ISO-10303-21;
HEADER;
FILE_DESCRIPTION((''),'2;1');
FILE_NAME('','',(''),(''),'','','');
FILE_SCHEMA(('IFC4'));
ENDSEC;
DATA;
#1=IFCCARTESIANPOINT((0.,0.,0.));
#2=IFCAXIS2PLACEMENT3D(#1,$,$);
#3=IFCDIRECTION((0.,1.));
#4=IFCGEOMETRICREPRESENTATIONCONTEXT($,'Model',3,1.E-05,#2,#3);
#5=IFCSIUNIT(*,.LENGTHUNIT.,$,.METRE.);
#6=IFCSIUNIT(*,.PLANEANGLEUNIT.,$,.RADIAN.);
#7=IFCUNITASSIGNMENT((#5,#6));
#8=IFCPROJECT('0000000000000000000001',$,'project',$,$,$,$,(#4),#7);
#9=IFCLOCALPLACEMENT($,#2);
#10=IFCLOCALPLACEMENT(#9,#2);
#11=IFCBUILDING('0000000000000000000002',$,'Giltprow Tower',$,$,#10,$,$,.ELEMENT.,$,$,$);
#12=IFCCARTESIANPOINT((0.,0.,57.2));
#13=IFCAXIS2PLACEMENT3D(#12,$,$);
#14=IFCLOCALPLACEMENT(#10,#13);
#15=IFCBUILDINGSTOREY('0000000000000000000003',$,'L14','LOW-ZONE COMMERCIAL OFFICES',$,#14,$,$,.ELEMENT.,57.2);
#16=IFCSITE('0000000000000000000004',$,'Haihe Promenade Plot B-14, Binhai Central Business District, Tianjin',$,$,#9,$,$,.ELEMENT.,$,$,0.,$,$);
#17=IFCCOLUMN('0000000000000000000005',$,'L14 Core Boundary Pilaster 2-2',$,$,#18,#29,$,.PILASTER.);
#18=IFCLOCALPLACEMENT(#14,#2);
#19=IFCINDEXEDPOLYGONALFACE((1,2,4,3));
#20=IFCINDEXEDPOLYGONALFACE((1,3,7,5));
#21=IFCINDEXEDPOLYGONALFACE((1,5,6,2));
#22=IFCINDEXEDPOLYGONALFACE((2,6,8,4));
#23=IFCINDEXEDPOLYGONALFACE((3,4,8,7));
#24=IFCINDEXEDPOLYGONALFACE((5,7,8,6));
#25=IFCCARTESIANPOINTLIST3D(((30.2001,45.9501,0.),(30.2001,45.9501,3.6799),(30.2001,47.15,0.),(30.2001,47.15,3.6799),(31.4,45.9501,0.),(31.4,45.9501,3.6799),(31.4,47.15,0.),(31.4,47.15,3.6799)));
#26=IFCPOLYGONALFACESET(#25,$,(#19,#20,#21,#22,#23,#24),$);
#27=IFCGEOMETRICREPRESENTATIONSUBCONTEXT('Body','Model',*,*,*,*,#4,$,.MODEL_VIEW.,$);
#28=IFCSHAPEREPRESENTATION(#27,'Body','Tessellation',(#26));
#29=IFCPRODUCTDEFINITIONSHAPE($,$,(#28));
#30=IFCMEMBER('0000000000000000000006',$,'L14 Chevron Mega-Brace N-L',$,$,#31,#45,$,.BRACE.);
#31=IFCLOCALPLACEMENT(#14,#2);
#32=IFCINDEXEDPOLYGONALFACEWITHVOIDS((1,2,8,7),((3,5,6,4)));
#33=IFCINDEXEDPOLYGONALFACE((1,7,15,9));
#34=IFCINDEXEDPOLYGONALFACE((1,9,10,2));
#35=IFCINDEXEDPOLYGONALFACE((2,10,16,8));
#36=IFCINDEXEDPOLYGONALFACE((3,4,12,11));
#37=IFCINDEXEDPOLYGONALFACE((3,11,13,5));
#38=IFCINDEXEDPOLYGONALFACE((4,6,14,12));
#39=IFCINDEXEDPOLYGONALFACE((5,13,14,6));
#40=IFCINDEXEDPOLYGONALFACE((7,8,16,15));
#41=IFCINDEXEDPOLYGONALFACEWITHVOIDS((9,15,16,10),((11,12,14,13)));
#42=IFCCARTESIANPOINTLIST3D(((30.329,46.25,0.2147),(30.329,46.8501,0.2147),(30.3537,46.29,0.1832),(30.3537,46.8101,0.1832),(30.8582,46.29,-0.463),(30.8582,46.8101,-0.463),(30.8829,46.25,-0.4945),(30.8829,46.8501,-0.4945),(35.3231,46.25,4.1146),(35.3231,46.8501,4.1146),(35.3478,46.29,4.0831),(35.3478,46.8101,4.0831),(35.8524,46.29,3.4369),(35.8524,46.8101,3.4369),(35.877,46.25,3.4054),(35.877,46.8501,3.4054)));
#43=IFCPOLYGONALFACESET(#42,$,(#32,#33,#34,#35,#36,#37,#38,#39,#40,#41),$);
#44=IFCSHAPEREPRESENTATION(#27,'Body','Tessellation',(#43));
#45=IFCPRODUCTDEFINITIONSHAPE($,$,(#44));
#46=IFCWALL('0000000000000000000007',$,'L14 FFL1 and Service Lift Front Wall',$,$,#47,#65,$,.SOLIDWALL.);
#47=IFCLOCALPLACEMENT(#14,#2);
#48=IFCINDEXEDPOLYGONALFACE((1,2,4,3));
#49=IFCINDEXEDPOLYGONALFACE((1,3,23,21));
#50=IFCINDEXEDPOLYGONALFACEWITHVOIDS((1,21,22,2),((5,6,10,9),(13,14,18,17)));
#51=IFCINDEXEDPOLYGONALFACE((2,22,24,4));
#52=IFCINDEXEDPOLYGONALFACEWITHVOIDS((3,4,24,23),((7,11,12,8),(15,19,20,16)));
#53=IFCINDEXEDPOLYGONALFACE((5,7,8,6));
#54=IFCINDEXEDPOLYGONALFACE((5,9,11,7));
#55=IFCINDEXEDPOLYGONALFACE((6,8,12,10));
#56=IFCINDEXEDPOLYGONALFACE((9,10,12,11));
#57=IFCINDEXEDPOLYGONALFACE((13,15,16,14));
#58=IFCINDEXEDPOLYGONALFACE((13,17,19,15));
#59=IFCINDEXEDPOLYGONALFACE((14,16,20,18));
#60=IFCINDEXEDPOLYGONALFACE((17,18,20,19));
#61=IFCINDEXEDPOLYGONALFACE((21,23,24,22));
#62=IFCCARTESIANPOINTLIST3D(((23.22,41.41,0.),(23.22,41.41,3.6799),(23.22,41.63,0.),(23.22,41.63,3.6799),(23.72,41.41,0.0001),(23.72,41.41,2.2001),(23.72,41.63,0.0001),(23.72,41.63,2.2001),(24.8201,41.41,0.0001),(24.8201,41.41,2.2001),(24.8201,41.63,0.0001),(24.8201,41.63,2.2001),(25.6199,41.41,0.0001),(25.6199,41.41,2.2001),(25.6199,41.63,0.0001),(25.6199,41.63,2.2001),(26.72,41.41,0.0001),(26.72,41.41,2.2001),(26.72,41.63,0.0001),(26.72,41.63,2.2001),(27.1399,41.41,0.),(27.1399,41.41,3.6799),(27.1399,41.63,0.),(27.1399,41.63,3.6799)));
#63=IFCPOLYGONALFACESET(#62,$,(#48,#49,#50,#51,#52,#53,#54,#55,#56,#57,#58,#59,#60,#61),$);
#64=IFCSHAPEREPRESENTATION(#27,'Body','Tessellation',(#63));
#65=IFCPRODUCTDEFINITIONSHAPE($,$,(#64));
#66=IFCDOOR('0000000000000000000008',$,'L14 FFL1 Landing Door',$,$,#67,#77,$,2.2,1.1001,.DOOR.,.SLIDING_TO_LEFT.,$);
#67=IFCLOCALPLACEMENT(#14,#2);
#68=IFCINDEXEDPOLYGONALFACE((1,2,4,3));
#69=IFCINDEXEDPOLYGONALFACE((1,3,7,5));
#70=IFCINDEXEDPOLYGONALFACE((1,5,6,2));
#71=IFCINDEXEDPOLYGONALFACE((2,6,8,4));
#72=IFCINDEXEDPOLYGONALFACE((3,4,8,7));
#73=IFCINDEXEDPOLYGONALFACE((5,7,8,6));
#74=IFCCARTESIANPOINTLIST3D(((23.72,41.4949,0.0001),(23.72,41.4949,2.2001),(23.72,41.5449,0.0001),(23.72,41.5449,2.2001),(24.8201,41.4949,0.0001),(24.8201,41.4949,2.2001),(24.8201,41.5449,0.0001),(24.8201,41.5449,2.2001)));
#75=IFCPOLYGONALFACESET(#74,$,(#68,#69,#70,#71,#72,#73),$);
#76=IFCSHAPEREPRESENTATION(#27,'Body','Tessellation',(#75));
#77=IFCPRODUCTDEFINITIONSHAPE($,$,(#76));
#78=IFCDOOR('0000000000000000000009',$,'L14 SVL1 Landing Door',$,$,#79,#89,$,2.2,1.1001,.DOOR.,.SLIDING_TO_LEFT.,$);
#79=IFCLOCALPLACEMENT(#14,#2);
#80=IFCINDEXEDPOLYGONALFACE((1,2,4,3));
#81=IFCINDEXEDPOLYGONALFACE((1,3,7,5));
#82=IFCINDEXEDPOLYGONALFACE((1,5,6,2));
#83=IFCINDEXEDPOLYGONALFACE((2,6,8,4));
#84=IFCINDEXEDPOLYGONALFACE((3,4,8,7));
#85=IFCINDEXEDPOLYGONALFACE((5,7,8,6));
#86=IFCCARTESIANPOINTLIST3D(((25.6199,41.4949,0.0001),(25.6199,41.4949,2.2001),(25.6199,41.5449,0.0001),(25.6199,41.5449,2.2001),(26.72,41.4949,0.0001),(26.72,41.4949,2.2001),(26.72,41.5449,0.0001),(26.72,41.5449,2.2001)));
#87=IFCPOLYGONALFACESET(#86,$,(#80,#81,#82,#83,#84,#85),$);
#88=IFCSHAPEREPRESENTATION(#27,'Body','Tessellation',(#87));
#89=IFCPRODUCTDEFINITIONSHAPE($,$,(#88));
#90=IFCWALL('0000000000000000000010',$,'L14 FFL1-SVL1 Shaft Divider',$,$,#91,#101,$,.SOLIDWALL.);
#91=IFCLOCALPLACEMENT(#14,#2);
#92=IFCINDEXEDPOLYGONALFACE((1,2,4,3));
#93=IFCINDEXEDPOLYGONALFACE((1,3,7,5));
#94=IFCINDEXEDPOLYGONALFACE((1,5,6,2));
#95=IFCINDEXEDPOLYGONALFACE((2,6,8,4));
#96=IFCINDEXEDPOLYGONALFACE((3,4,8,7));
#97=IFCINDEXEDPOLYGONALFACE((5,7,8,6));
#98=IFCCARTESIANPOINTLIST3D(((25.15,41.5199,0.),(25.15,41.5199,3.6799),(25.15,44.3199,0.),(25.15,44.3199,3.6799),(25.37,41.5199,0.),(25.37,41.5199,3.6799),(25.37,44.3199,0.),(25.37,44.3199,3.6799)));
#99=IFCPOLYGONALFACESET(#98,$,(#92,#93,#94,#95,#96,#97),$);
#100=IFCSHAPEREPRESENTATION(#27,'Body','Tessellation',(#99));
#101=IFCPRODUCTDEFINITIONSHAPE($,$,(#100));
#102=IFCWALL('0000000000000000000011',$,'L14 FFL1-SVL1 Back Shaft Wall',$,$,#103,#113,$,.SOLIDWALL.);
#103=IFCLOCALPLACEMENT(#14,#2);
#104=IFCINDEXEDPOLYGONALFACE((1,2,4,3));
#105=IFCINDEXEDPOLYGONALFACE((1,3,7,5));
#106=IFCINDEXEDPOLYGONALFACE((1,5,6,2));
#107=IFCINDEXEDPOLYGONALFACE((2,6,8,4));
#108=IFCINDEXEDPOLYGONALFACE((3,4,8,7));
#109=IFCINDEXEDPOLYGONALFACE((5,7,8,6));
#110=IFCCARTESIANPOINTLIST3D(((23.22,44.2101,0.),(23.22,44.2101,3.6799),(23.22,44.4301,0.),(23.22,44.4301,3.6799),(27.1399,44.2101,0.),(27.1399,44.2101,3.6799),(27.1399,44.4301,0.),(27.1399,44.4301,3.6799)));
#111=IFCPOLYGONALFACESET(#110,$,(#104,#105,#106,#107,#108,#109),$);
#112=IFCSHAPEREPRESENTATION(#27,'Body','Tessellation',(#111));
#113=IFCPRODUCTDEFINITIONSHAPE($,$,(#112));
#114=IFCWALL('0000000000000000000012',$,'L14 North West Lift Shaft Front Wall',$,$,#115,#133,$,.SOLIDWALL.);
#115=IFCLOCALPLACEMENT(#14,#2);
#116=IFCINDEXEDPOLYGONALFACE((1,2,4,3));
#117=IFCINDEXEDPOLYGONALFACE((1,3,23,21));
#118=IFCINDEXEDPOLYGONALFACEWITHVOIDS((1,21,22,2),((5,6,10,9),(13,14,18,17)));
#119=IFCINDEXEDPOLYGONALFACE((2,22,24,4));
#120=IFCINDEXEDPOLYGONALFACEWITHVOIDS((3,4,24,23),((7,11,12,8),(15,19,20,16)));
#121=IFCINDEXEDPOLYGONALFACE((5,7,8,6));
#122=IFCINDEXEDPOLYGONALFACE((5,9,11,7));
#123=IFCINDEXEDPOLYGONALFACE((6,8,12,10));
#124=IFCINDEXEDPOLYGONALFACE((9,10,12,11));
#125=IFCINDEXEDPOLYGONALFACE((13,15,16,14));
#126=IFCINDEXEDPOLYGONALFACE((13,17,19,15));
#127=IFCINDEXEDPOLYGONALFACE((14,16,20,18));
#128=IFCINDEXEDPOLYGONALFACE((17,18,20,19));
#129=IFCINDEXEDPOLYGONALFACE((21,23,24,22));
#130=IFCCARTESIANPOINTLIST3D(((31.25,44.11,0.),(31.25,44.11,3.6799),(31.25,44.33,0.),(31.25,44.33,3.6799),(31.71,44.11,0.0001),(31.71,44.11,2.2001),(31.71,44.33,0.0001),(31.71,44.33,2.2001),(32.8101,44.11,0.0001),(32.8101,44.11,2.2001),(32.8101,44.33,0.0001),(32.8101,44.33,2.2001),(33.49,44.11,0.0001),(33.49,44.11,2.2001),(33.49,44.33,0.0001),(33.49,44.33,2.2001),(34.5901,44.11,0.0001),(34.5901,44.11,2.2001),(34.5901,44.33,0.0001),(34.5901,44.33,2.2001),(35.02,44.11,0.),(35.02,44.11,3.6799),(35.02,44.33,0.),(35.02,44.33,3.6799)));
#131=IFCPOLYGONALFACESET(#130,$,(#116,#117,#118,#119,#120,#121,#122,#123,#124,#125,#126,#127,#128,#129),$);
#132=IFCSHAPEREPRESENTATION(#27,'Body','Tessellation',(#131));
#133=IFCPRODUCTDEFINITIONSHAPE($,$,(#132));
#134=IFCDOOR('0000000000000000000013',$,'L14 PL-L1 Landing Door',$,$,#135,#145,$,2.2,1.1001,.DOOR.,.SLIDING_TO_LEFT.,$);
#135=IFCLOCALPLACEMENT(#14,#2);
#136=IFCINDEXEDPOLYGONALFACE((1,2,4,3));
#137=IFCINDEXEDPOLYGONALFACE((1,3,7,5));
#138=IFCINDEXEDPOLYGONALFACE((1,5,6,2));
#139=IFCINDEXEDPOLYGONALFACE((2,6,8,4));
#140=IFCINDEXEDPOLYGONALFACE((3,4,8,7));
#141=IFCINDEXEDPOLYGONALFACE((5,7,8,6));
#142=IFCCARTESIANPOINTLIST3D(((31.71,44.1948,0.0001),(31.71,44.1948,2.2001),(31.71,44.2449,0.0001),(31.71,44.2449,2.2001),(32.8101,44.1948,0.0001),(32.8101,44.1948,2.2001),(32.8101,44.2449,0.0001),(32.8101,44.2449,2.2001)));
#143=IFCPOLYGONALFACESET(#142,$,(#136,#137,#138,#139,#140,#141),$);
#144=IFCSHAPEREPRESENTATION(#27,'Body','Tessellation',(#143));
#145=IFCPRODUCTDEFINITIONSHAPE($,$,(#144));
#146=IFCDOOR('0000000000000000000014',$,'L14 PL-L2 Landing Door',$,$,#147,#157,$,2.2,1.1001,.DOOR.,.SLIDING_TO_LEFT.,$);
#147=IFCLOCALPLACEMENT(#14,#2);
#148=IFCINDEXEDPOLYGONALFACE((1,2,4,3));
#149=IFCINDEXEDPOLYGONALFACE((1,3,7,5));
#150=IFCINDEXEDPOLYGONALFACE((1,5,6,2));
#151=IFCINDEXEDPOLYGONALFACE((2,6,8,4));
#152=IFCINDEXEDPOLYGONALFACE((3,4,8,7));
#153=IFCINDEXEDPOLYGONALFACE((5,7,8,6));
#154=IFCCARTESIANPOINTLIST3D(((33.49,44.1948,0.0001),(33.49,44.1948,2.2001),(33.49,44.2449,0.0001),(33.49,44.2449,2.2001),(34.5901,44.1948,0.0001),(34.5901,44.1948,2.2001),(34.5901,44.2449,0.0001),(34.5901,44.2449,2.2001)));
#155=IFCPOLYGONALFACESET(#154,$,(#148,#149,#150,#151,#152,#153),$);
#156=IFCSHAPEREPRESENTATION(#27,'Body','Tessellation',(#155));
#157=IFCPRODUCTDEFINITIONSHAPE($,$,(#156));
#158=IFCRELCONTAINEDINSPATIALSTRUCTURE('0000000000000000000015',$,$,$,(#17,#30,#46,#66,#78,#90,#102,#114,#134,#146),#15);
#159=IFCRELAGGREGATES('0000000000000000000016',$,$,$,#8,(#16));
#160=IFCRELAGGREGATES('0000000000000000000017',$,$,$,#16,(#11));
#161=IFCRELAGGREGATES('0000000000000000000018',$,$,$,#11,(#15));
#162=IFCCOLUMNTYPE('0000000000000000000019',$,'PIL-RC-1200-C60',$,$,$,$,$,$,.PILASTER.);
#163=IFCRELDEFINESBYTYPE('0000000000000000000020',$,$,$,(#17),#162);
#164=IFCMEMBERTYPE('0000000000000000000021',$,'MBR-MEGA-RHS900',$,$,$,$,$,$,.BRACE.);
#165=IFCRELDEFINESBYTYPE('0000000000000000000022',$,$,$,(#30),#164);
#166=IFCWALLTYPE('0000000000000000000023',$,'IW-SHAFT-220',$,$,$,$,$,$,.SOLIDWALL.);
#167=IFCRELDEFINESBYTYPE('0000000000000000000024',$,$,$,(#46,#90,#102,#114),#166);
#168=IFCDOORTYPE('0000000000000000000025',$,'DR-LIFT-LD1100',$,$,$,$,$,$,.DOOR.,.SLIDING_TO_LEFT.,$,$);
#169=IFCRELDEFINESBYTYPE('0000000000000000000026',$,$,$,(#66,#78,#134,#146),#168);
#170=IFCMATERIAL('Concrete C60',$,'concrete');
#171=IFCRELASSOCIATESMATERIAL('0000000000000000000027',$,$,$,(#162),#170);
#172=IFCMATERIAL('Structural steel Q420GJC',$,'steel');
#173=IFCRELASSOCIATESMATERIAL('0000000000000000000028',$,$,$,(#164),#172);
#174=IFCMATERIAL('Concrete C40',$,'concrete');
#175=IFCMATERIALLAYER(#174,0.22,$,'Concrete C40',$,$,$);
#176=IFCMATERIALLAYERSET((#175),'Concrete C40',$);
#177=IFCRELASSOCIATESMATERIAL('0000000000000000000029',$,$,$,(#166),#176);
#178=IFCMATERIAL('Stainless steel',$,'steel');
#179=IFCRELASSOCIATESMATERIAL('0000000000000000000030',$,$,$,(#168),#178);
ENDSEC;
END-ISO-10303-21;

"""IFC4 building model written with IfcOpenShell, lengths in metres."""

from ifc_helpers import new_model, si_unit, direction, frame, frame_2d, origin, origin_2d, place, context, subcontext, project, spatial, rectangle, hollow_rectangle, extrude, source, transform, mapped, material, layer, layer_set, material_profile, profile_set, type_object, element, fill, save


model = new_model("IFC4")

# Units and contexts
model_context = context("Model", 3, precision=1e-05, world=origin(), true_north=direction((0.0, 1.0)))
body_context = subcontext(model_context, "Body", "Model", "MODEL_VIEW")
ifc_project = project(units=[si_unit("LENGTHUNIT", "METRE"), si_unit("PLANEANGLEUNIT", "RADIAN")], contexts=[model_context])

# Site, building, storey
site_placement = place(None, origin())
site = spatial("IfcSite", under=ifc_project, at=site_placement, Name="Haihe Promenade Plot B-14, Binhai Central Business District, Tianjin", CompositionType="ELEMENT", RefElevation=0.0)
building_placement = place(site_placement, origin())
building = spatial("IfcBuilding", under=site, at=building_placement, Name="Giltprow Tower", CompositionType="ELEMENT")
storey_placement = place(building_placement, frame((0.0, 0.0, 57.2)))
storey = spatial("IfcBuildingStorey", under=building, at=storey_placement, Name="L14", Description="LOW-ZONE COMMERCIAL OFFICES", CompositionType="ELEMENT", Elevation=57.2)

# Column
ifc_material_1 = material(Name="Concrete C60", Category="concrete")
ifc_material_profile_1 = material_profile(ifc_material_1, rectangle(XDim=1.2, YDim=1.2, at=origin_2d()), Name="RC 1200x1200")
ifc_profile_set_1 = profile_set([ifc_material_profile_1], Name="Concrete C60")
column_type = type_object("IfcColumnType", Name="PIL-RC-1200-C60", PredefinedType="PILASTER", material=ifc_profile_set_1)
shared_shape_1 = source(origin(), body_context, "Body", "SweptSolid", [
    extrude(rectangle(XDim=1.2, YDim=1.2, at=origin_2d()), origin(), (0.0, 0.0, 1.0), 3.6799),
])
column_placement = place(storey_placement, frame((30.8, 46.55, 0.0), z_axis=(0.0, 0.0, 1.0), x_axis=(1.0, 0.0, 0.0)))
element("IfcColumn", 1, at=column_placement, inside=storey, type_object=column_type, Name="L14 Core Boundary Pilaster 2-2", PredefinedType="PILASTER", context=body_context, shape_type="MappedRepresentation", body=[
    mapped(shared_shape_1, transform((0.0, 0.0, 0.0), x_axis=(1.0, 0.0, 0.0), y_axis=(0.0, 1.0, 0.0), z_axis=(0.0, 0.0, 1.0), scale=1.0)),
])

# Member
ifc_material_2 = material(Name="Structural steel Q420GJC", Category="steel")
ifc_material_profile_2 = material_profile(ifc_material_2, hollow_rectangle(XDim=0.6001, YDim=0.8999, WallThickness=0.04, at=origin_2d()), Name="RHS 900x600x40")
ifc_profile_set_2 = profile_set([ifc_material_profile_2], Name="Structural steel Q420GJC")
member_type = type_object("IfcMemberType", Name="MBR-MEGA-RHS900", PredefinedType="BRACE", material=ifc_profile_set_2)
shared_shape_2 = source(origin(), body_context, "Body", "SweptSolid", [
    extrude(hollow_rectangle(XDim=0.6001, YDim=0.8999, WallThickness=0.04, at=origin_2d()), origin(), (0.0, 0.0, 1.0), 6.3364),
])
member_placement = place(storey_placement, frame((30.606, 46.55, -0.1399), z_axis=(0.78816, 0.0, 0.615471), x_axis=(0.0, 1.0, 0.0)))
element("IfcMember", 2, at=member_placement, inside=storey, type_object=member_type, Name="L14 Chevron Mega-Brace N-L", PredefinedType="BRACE", context=body_context, shape_type="MappedRepresentation", body=[
    mapped(shared_shape_2, transform((0.0, 0.0, 0.0), x_axis=(1.0, 0.0, 0.0), y_axis=(0.0, 1.0, 0.0), z_axis=(0.0, 0.0, 1.0), scale=1.0)),
])

# Wall, openings, doors
ifc_material_3 = material(Name="Concrete C40", Category="concrete")
ifc_layer_1 = layer(ifc_material_3, 0.22, Name="Concrete C40")
ifc_layer_set_1 = layer_set([ifc_layer_1], Name="Concrete C40")
wall_type_1 = type_object("IfcWallType", Name="IW-SHAFT-220", PredefinedType="SOLIDWALL", material=ifc_layer_set_1)
wall_1_placement = place(storey_placement, frame((23.22, 41.52, 0.0), z_axis=(0.0, 0.0, 1.0), x_axis=(1.0, 0.0, 0.0)))
wall_1 = element("IfcWall", 3, at=wall_1_placement, inside=storey, type_object=wall_type_1, Name="L14 FFL1 and Service Lift Front Wall", PredefinedType="SOLIDWALL", context=body_context, shape_type="SweptSolid", body=[
    extrude(rectangle(XDim=3.9199, YDim=0.22, at=frame_2d((1.96, 0.0))), origin(), (0.0, 0.0, 1.0), 3.6799),
])
opening_1_placement = place(wall_1_placement, frame((0.5, 0.0, 0.0)))
opening_1 = element("IfcOpeningElement", 4, at=opening_1_placement, cuts=wall_1, PredefinedType="OPENING", context=body_context, shape_type="SweptSolid", body=[
    extrude(rectangle(XDim=1.1001, YDim=2.2, at=frame_2d((0.55, 1.1001))), frame((0.0, 0.1199, 0.0), z_axis=(0.0, -1.0, 0.0), x_axis=(1.0, 0.0, 0.0)), (0.0, 0.0, 1.0), 0.24),
])
opening_2_placement = place(wall_1_placement, frame((2.3999, 0.0, 0.0)))
opening_2 = element("IfcOpeningElement", 5, at=opening_2_placement, cuts=wall_1, PredefinedType="OPENING", context=body_context, shape_type="SweptSolid", body=[
    extrude(rectangle(XDim=1.1001, YDim=2.2, at=frame_2d((0.55, 1.1001))), frame((0.0, 0.1199, 0.0), z_axis=(0.0, -1.0, 0.0), x_axis=(1.0, 0.0, 0.0)), (0.0, 0.0, 1.0), 0.24),
])
ifc_material_4 = material(Name="Stainless steel", Category="steel")
door_type = type_object("IfcDoorType", Name="DR-LIFT-LD1100", OperationType="SLIDING_TO_LEFT", PredefinedType="DOOR", material=ifc_material_4)
shared_shape_3 = source(origin(), body_context, "Body", "SweptSolid", [
    extrude(rectangle(XDim=1.1001, YDim=2.2, at=frame_2d((0.55, 1.1001))), frame((0.0, 0.0249, 0.0), z_axis=(0.0, -1.0, 0.0), x_axis=(1.0, 0.0, 0.0)), (0.0, 0.0, 1.0), 0.05),
])
door_1_placement = place(opening_1_placement, origin())
door_1 = element("IfcDoor", 6, at=door_1_placement, inside=storey, type_object=door_type, Name="L14 FFL1 Landing Door", OperationType="SLIDING_TO_LEFT", OverallHeight=2.2, OverallWidth=1.1001, PredefinedType="DOOR", context=body_context, shape_type="MappedRepresentation", body=[
    mapped(shared_shape_3, transform((0.0, 0.0, 0.0), x_axis=(1.0, 0.0, 0.0), y_axis=(0.0, 1.0, 0.0), z_axis=(0.0, 0.0, 1.0), scale=1.0)),
])
fill(opening_1, door_1)
door_2_placement = place(opening_2_placement, origin())
door_2 = element("IfcDoor", 7, at=door_2_placement, inside=storey, type_object=door_type, Name="L14 SVL1 Landing Door", OperationType="SLIDING_TO_LEFT", OverallHeight=2.2, OverallWidth=1.1001, PredefinedType="DOOR", context=body_context, shape_type="MappedRepresentation", body=[
    mapped(shared_shape_3, transform((0.0, 0.0, 0.0), x_axis=(1.0, 0.0, 0.0), y_axis=(0.0, 1.0, 0.0), z_axis=(0.0, 0.0, 1.0), scale=1.0)),
])
fill(opening_2, door_2)

# Walls
wall_2_placement = place(storey_placement, frame((25.26, 41.52, 0.0), z_axis=(0.0, 0.0, 1.0), x_axis=(0.0, 1.0, 0.0)))
element("IfcWall", 8, at=wall_2_placement, inside=storey, type_object=wall_type_1, Name="L14 FFL1-SVL1 Shaft Divider", PredefinedType="SOLIDWALL", context=body_context, shape_type="SweptSolid", body=[
    extrude(rectangle(XDim=2.8, YDim=0.22, at=frame_2d((1.3999, 0.0))), origin(), (0.0, 0.0, 1.0), 3.6799),
])
wall_3_placement = place(storey_placement, frame((23.22, 44.3201, 0.0), z_axis=(0.0, 0.0, 1.0), x_axis=(1.0, 0.0, 0.0)))
element("IfcWall", 9, at=wall_3_placement, inside=storey, type_object=wall_type_1, Name="L14 FFL1-SVL1 Back Shaft Wall", PredefinedType="SOLIDWALL", context=body_context, shape_type="SweptSolid", body=[
    extrude(rectangle(XDim=3.9199, YDim=0.22, at=frame_2d((1.96, 0.0))), origin(), (0.0, 0.0, 1.0), 3.6799),
])

# Wall, openings, doors
wall_4_placement = place(storey_placement, frame((31.25, 44.22, 0.0), z_axis=(0.0, 0.0, 1.0), x_axis=(1.0, 0.0, 0.0)))
wall_4 = element("IfcWall", 10, at=wall_4_placement, inside=storey, type_object=wall_type_1, Name="L14 North West Lift Shaft Front Wall", PredefinedType="SOLIDWALL", context=body_context, shape_type="SweptSolid", body=[
    extrude(rectangle(XDim=3.77, YDim=0.22, at=frame_2d((1.885, 0.0))), origin(), (0.0, 0.0, 1.0), 3.6799),
])
opening_3_placement = place(wall_4_placement, frame((0.46, 0.0, 0.0)))
opening_3 = element("IfcOpeningElement", 11, at=opening_3_placement, cuts=wall_4, PredefinedType="OPENING", context=body_context, shape_type="SweptSolid", body=[
    extrude(rectangle(XDim=1.1001, YDim=2.2, at=frame_2d((0.55, 1.1001))), frame((0.0, 0.1199, 0.0), z_axis=(0.0, -1.0, 0.0), x_axis=(1.0, 0.0, 0.0)), (0.0, 0.0, 1.0), 0.24),
])
opening_4_placement = place(wall_4_placement, frame((2.24, 0.0, 0.0)))
opening_4 = element("IfcOpeningElement", 12, at=opening_4_placement, cuts=wall_4, PredefinedType="OPENING", context=body_context, shape_type="SweptSolid", body=[
    extrude(rectangle(XDim=1.1001, YDim=2.2, at=frame_2d((0.55, 1.1001))), frame((0.0, 0.1199, 0.0), z_axis=(0.0, -1.0, 0.0), x_axis=(1.0, 0.0, 0.0)), (0.0, 0.0, 1.0), 0.24),
])
door_3_placement = place(opening_3_placement, origin())
door_3 = element("IfcDoor", 13, at=door_3_placement, inside=storey, type_object=door_type, Name="L14 PL-L1 Landing Door", OperationType="SLIDING_TO_LEFT", OverallHeight=2.2, OverallWidth=1.1001, PredefinedType="DOOR", context=body_context, shape_type="MappedRepresentation", body=[
    mapped(shared_shape_3, transform((0.0, 0.0, 0.0), x_axis=(1.0, 0.0, 0.0), y_axis=(0.0, 1.0, 0.0), z_axis=(0.0, 0.0, 1.0), scale=1.0)),
])
fill(opening_3, door_3)
door_4_placement = place(opening_4_placement, origin())
door_4 = element("IfcDoor", 14, at=door_4_placement, inside=storey, type_object=door_type, Name="L14 PL-L2 Landing Door", OperationType="SLIDING_TO_LEFT", OverallHeight=2.2, OverallWidth=1.1001, PredefinedType="DOOR", context=body_context, shape_type="MappedRepresentation", body=[
    mapped(shared_shape_3, transform((0.0, 0.0, 0.0), x_axis=(1.0, 0.0, 0.0), y_axis=(0.0, 1.0, 0.0), z_axis=(0.0, 0.0, 1.0), scale=1.0)),
])
fill(opening_4, door_4)

save(model, "model.ifc")
